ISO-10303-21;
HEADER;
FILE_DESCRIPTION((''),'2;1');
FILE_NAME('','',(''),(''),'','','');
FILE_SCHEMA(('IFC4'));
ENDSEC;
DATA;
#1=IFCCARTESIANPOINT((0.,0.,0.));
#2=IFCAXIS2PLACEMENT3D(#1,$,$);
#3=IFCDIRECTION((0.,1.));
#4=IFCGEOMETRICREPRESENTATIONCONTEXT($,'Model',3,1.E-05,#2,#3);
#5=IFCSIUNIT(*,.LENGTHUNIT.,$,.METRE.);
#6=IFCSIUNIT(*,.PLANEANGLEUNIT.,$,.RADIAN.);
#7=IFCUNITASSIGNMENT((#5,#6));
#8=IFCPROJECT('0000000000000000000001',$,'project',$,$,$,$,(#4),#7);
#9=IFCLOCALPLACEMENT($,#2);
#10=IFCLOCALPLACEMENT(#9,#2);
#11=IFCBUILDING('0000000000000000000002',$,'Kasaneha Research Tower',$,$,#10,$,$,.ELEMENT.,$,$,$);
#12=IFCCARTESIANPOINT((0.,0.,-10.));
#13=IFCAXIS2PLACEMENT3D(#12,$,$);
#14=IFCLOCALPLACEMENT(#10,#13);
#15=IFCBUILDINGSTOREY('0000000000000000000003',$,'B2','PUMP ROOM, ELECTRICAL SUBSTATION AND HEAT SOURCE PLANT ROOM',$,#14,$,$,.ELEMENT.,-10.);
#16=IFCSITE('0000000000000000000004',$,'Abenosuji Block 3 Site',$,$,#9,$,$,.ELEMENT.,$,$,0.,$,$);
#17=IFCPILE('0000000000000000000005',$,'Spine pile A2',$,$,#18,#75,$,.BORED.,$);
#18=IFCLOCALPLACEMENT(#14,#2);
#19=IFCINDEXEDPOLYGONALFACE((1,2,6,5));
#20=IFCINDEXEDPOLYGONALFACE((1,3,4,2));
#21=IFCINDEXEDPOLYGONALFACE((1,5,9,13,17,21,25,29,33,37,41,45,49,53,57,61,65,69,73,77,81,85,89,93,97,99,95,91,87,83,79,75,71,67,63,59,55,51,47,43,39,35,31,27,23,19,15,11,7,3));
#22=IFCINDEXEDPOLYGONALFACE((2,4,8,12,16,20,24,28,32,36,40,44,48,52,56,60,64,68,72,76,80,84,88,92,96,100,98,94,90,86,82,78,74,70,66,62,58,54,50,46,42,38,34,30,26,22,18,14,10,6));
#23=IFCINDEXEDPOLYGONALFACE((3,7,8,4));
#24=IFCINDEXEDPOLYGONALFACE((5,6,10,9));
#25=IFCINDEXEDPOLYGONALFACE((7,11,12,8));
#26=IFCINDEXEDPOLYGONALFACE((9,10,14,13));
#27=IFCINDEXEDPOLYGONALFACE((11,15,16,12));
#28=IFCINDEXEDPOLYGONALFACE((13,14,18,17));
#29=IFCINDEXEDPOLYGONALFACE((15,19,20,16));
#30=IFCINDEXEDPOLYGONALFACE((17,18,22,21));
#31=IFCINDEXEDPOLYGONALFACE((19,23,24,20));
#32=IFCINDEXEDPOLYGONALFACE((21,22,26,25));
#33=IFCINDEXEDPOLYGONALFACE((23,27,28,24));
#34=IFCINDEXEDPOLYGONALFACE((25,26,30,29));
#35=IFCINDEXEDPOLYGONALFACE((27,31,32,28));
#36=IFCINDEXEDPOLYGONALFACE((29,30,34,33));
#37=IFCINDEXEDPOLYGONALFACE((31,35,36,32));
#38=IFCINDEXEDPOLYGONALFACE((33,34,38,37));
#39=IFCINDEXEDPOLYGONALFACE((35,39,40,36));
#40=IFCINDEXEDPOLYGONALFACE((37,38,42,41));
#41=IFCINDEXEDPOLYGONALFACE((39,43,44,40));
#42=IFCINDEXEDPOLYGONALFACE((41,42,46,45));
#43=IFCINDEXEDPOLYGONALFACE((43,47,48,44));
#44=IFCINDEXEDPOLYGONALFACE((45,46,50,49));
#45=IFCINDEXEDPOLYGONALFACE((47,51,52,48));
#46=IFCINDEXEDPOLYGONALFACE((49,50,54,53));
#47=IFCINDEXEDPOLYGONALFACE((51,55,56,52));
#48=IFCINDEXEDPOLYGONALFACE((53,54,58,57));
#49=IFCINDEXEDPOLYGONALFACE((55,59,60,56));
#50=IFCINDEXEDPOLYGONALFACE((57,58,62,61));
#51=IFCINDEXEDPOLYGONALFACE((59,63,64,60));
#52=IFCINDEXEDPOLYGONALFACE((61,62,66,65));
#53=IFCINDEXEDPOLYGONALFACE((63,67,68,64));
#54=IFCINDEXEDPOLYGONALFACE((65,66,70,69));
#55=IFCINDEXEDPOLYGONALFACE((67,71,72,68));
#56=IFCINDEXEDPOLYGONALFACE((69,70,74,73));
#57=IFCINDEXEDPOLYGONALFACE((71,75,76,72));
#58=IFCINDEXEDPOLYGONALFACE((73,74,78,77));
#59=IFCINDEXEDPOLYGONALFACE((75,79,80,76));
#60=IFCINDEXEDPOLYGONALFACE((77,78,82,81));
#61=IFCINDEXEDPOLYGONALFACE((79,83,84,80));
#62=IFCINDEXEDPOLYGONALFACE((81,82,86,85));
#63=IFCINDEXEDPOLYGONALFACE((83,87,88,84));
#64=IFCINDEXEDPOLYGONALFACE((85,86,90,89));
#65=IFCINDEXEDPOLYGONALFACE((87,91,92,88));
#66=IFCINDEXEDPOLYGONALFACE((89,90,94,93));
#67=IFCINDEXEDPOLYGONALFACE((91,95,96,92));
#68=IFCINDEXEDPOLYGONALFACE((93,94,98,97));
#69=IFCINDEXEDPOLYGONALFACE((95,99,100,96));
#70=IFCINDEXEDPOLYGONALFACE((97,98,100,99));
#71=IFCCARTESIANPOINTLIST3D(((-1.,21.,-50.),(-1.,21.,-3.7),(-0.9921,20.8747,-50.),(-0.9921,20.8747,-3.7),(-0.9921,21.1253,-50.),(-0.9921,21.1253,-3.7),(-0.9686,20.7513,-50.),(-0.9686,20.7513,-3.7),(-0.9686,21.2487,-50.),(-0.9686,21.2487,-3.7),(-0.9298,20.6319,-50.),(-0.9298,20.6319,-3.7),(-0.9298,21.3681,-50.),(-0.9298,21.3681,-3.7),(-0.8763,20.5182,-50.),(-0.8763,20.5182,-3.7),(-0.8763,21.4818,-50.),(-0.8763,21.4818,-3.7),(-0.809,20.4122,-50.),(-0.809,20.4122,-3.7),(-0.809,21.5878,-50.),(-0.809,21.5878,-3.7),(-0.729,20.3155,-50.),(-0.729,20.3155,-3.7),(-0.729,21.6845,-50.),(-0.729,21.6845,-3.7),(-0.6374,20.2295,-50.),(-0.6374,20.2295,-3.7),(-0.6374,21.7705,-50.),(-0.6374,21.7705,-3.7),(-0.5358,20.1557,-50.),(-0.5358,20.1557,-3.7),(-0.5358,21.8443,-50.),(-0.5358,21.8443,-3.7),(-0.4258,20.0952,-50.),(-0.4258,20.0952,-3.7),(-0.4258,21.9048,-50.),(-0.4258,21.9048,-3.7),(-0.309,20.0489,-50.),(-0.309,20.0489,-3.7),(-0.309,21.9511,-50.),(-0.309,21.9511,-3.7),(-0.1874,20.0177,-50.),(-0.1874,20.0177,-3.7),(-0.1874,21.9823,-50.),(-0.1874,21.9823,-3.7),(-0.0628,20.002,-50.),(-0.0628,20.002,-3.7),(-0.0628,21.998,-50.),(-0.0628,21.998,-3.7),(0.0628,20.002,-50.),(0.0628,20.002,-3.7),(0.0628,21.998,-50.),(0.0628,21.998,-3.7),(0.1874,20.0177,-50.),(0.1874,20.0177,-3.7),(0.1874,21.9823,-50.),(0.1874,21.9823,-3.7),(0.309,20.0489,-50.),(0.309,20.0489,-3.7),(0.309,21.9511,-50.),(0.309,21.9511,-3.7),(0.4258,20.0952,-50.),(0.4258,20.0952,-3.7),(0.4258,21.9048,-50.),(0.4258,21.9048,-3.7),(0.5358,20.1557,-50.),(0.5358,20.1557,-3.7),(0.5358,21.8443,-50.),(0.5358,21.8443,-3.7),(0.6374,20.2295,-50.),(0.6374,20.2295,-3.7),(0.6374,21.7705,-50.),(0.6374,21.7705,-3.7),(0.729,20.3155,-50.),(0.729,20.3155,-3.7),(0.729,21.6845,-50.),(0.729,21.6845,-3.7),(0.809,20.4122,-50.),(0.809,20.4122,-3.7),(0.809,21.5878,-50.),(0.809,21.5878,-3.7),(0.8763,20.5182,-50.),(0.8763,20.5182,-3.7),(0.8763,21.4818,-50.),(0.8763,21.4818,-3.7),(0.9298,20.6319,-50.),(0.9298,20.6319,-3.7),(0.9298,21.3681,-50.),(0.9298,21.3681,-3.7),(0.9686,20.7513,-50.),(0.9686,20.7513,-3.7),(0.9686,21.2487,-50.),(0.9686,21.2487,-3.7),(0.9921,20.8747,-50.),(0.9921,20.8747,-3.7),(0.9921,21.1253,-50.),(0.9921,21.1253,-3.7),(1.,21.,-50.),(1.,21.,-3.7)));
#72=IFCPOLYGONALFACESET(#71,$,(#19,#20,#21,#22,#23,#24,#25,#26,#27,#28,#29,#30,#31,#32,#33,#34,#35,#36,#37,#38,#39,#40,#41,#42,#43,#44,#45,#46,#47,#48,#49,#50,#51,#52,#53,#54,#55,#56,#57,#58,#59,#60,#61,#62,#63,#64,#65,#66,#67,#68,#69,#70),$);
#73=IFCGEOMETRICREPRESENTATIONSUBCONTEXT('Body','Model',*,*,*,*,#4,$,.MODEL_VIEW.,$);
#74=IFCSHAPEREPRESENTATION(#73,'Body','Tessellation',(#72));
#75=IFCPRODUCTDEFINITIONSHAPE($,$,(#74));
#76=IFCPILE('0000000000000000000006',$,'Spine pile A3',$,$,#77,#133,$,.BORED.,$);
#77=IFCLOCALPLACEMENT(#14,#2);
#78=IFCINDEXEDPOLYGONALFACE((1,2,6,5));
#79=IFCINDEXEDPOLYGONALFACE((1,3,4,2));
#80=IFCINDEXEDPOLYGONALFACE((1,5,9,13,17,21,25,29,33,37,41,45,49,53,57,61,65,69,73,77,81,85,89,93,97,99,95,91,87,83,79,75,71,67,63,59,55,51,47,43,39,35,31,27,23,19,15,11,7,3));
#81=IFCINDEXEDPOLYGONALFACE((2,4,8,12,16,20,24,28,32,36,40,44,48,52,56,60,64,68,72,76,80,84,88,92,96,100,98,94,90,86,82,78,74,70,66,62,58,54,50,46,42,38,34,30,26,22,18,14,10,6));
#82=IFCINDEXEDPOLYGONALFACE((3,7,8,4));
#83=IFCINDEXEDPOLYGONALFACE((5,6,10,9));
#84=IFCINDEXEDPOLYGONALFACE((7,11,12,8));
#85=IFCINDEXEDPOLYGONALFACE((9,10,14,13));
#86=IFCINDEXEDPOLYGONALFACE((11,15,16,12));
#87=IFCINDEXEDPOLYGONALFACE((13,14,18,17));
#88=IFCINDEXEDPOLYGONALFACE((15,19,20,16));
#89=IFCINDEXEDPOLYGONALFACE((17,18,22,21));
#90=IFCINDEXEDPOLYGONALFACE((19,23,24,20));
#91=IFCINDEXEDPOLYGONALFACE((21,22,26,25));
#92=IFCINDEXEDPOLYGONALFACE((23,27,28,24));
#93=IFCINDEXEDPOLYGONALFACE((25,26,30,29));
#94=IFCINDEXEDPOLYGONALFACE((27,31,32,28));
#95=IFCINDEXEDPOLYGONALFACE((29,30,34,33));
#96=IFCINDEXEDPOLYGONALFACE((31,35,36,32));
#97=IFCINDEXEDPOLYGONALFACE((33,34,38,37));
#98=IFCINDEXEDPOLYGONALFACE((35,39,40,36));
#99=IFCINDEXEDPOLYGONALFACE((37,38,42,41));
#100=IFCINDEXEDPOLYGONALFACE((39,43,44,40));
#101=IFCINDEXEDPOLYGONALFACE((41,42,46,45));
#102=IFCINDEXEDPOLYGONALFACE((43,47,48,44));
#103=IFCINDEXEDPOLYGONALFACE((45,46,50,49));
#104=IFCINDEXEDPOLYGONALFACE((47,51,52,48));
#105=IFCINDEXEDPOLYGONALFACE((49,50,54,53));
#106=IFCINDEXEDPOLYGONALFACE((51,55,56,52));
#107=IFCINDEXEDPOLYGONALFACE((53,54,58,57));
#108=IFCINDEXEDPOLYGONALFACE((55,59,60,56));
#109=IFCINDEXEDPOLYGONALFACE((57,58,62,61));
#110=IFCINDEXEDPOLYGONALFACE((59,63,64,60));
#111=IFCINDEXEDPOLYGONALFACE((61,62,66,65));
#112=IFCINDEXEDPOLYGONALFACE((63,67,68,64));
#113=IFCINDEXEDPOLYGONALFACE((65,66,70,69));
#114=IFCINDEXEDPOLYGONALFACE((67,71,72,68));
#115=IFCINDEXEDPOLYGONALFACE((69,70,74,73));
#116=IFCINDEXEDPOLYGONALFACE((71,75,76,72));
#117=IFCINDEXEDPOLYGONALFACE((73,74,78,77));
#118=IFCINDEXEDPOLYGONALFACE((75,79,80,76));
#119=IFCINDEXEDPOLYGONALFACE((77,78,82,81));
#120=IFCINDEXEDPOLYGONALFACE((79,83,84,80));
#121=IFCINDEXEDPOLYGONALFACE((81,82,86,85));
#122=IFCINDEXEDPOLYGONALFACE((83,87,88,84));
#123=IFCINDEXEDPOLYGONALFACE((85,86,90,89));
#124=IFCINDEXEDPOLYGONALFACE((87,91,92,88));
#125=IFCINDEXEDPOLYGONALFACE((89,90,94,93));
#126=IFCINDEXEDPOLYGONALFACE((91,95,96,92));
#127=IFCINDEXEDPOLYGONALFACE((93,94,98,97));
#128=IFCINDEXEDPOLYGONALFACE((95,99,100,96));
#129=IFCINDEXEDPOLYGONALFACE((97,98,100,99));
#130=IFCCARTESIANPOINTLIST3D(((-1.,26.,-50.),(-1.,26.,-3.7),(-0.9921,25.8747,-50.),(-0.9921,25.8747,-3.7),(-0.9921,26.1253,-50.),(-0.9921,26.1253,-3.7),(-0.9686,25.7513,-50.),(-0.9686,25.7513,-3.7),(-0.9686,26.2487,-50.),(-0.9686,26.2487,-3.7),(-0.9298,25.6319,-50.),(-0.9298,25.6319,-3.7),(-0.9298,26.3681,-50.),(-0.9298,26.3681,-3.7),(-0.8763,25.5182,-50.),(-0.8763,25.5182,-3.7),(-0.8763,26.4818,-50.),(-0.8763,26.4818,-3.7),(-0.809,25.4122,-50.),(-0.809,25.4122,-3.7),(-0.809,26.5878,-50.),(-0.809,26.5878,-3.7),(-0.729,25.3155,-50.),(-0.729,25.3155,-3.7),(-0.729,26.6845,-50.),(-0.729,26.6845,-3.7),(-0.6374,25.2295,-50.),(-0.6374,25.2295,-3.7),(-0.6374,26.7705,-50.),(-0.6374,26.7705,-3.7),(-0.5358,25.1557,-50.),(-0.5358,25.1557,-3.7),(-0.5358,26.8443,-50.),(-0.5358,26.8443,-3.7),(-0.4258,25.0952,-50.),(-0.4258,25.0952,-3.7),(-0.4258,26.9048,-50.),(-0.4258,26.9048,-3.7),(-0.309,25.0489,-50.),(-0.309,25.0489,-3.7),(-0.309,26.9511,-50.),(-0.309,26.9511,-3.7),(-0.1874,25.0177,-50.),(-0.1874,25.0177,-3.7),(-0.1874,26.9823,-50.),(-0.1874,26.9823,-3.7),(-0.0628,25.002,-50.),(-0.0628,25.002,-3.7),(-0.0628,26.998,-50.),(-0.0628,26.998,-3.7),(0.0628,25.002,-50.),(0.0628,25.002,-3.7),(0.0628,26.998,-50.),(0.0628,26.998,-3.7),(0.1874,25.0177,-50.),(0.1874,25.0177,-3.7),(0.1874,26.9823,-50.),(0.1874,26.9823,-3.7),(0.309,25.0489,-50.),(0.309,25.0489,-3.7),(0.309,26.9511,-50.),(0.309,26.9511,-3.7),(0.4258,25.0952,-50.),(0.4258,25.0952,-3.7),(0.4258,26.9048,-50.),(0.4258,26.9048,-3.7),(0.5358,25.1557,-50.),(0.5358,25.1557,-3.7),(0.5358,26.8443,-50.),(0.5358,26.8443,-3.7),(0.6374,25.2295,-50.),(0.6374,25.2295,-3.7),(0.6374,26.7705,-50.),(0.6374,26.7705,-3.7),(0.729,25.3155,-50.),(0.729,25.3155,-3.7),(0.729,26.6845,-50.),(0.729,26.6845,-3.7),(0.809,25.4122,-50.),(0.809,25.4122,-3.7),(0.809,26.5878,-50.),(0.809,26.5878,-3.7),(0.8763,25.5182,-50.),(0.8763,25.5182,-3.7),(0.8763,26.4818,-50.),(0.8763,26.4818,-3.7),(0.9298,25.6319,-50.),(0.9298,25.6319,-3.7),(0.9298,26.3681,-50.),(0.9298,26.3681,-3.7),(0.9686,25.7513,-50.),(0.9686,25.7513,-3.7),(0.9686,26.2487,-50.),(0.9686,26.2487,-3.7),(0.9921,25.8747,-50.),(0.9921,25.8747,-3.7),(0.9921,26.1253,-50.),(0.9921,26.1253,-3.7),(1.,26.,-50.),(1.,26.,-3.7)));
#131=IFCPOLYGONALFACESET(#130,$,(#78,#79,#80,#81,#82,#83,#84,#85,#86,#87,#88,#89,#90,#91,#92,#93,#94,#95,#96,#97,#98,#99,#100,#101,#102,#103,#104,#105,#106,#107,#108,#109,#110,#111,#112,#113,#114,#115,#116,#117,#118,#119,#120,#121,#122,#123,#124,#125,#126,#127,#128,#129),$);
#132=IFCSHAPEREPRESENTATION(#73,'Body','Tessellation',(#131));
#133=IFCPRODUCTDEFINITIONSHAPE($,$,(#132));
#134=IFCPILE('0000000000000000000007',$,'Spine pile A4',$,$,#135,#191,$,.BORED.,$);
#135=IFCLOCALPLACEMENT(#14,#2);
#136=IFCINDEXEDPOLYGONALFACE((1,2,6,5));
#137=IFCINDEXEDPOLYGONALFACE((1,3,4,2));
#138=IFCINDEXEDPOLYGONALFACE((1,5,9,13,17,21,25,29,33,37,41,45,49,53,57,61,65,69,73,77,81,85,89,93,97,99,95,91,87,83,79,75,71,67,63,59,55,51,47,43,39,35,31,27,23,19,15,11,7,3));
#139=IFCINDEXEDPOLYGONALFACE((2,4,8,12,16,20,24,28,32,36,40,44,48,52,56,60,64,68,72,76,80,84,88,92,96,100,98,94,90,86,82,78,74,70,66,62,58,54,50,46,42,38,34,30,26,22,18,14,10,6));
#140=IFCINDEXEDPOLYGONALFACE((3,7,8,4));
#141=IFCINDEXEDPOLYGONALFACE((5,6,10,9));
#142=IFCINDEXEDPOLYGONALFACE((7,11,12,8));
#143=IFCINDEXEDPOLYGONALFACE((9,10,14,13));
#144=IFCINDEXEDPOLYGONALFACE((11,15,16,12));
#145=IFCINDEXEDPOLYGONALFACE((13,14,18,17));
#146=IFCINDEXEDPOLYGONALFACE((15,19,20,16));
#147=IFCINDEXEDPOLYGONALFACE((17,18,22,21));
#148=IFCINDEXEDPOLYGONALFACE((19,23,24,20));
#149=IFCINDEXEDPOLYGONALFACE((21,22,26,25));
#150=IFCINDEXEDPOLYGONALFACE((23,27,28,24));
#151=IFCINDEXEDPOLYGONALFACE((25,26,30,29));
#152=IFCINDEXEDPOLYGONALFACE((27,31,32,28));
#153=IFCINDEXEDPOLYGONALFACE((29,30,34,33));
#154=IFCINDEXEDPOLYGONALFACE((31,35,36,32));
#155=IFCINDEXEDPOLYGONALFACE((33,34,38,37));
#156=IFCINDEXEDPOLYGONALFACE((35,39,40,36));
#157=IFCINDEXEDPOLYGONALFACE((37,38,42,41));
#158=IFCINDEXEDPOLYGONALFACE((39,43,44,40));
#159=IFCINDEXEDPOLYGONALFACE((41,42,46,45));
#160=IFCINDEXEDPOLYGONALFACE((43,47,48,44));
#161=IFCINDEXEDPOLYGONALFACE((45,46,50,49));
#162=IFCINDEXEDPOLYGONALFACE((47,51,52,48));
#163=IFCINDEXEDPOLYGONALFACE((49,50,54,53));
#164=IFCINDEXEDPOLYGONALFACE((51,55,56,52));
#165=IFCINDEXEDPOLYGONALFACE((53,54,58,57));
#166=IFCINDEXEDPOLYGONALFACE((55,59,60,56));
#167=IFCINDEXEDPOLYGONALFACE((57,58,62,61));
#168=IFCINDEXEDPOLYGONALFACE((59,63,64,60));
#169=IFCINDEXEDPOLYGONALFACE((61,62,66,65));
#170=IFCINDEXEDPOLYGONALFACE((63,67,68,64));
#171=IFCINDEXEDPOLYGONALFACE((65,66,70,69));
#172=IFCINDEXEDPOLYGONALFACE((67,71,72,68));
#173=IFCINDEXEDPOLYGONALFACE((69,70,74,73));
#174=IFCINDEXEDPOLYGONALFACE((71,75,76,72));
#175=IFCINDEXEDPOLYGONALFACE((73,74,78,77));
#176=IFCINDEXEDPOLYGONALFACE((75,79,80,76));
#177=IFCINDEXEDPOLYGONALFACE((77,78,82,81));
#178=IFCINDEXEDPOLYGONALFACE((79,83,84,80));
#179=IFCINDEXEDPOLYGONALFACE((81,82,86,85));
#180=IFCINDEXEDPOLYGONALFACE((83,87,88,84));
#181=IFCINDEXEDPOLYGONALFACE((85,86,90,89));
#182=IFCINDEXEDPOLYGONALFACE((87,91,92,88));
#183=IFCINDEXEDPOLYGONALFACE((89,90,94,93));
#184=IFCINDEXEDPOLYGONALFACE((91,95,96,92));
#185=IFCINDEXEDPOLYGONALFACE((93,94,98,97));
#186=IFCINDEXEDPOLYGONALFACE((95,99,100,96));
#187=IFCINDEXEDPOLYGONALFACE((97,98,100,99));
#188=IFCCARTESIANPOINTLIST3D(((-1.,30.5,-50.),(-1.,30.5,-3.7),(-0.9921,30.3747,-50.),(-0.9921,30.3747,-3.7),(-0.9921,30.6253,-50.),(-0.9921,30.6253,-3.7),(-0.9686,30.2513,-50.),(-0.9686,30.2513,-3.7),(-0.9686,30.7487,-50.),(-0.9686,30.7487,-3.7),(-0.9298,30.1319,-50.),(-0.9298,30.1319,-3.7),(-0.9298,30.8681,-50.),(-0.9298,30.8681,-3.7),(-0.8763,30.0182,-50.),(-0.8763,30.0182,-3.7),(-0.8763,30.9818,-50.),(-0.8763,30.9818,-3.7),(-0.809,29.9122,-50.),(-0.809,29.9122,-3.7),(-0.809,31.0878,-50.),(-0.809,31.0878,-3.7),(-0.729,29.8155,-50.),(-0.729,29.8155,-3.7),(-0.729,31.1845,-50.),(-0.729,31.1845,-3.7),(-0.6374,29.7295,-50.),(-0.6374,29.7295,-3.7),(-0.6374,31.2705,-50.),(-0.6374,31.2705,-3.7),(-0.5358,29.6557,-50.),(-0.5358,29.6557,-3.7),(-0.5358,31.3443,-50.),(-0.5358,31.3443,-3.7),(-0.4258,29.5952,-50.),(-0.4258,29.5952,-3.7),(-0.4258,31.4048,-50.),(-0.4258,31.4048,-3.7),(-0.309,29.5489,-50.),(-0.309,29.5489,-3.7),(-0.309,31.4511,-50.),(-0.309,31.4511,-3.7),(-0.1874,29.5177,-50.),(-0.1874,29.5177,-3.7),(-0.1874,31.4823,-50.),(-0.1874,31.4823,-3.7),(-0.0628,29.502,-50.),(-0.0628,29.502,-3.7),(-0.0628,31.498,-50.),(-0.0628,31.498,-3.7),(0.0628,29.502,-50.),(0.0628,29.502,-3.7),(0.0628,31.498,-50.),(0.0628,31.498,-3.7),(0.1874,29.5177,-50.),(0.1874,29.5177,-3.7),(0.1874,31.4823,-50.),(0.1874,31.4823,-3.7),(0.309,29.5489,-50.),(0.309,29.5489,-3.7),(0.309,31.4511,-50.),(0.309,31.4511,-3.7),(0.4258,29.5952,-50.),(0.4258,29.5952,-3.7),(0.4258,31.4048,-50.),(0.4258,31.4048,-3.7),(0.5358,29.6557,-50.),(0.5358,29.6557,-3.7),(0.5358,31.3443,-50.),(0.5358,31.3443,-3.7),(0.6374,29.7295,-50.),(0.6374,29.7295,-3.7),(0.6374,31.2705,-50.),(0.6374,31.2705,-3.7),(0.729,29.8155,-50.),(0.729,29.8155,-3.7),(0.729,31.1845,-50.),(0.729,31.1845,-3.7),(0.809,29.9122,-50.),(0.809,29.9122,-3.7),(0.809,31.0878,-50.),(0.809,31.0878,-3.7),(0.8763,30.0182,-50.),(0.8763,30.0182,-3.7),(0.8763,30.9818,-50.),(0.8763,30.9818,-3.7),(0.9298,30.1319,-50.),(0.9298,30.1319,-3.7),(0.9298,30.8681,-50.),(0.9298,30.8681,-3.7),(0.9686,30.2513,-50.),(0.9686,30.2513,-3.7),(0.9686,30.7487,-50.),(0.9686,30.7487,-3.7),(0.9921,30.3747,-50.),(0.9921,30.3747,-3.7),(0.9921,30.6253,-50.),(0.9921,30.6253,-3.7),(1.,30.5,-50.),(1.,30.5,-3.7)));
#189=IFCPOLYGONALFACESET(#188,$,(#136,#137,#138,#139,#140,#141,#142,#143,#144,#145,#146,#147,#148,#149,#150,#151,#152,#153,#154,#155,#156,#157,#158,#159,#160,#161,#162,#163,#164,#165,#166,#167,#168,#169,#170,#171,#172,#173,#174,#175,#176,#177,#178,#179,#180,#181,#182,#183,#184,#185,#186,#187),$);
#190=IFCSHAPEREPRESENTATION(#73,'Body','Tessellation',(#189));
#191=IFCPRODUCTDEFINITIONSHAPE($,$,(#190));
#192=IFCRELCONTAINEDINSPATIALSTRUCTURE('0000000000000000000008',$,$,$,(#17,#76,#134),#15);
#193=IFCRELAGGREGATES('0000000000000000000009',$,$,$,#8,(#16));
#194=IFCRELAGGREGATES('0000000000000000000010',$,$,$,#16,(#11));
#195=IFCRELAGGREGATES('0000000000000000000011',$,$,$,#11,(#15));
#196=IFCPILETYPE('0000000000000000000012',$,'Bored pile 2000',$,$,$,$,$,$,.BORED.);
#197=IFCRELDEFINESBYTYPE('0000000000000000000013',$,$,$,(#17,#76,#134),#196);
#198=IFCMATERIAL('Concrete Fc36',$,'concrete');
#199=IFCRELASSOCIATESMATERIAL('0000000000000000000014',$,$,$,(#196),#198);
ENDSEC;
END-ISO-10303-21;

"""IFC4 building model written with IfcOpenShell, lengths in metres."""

from ifc_helpers import new_model, si_unit, direction, frame, origin, origin_2d, place, context, subcontext, project, spatial, circle, extrude, material, material_profile, profile_set, type_object, element, save


model = new_model("IFC4")

# Units and contexts
model_context = context("Model", 3, precision=1e-05, world=origin(), true_north=direction((0.0, 1.0)))
body_context = subcontext(model_context, "Body", "Model", "MODEL_VIEW")
ifc_project = project(units=[si_unit("LENGTHUNIT", "METRE"), si_unit("PLANEANGLEUNIT", "RADIAN")], contexts=[model_context])

# Site, building, storey
site_placement = place(None, origin())
site = spatial("IfcSite", under=ifc_project, at=site_placement, Name="Abenosuji Block 3 Site", CompositionType="ELEMENT", RefElevation=0.0)
building_placement = place(site_placement, origin())
building = spatial("IfcBuilding", under=site, at=building_placement, Name="Kasaneha Research Tower", CompositionType="ELEMENT")
storey_placement = place(building_placement, frame((0.0, 0.0, -10.0)))
storey = spatial("IfcBuildingStorey", under=building, at=storey_placement, Name="B2", Description="PUMP ROOM, ELECTRICAL SUBSTATION AND HEAT SOURCE PLANT ROOM", CompositionType="ELEMENT", Elevation=-10.0)

# Piles
ifc_material_1 = material(Name="Concrete Fc36", Category="concrete")
ifc_material_profile_1 = material_profile(ifc_material_1, circle(Radius=1.0, at=origin_2d()), Name="Bored pile 2000")
ifc_profile_set_1 = profile_set([ifc_material_profile_1], Name="Concrete Fc36")
pile_type_1 = type_object("IfcPileType", Name="Bored pile 2000", PredefinedType="BORED", material=ifc_profile_set_1)
for number, where, z_axis, x_axis, name in (
    (1, (0.0, 21.0, -3.7), (0.0, 0.0, -1.0), (1.0, 0.0, 0.0), "Spine pile A2"),
    (2, (0.0, 26.0, -3.7), (0.0, 0.0, -1.0), (1.0, 0.0, 0.0), "Spine pile A3"),
    (3, (0.0, 30.5, -3.7), (0.0, 0.0, -1.0), (1.0, 0.0, 0.0), "Spine pile A4"),
):
    element("IfcPile", number, at=place(storey_placement, frame(where, z_axis=z_axis, x_axis=x_axis)), inside=storey, type_object=pile_type_1, Name=name, PredefinedType="BORED", context=body_context, shape_type="SweptSolid", body=[
        extrude(circle(Radius=1.0, at=origin_2d()), origin(), (0.0, 0.0, 1.0), 46.3),
    ])

save(model, "model.ifc")
